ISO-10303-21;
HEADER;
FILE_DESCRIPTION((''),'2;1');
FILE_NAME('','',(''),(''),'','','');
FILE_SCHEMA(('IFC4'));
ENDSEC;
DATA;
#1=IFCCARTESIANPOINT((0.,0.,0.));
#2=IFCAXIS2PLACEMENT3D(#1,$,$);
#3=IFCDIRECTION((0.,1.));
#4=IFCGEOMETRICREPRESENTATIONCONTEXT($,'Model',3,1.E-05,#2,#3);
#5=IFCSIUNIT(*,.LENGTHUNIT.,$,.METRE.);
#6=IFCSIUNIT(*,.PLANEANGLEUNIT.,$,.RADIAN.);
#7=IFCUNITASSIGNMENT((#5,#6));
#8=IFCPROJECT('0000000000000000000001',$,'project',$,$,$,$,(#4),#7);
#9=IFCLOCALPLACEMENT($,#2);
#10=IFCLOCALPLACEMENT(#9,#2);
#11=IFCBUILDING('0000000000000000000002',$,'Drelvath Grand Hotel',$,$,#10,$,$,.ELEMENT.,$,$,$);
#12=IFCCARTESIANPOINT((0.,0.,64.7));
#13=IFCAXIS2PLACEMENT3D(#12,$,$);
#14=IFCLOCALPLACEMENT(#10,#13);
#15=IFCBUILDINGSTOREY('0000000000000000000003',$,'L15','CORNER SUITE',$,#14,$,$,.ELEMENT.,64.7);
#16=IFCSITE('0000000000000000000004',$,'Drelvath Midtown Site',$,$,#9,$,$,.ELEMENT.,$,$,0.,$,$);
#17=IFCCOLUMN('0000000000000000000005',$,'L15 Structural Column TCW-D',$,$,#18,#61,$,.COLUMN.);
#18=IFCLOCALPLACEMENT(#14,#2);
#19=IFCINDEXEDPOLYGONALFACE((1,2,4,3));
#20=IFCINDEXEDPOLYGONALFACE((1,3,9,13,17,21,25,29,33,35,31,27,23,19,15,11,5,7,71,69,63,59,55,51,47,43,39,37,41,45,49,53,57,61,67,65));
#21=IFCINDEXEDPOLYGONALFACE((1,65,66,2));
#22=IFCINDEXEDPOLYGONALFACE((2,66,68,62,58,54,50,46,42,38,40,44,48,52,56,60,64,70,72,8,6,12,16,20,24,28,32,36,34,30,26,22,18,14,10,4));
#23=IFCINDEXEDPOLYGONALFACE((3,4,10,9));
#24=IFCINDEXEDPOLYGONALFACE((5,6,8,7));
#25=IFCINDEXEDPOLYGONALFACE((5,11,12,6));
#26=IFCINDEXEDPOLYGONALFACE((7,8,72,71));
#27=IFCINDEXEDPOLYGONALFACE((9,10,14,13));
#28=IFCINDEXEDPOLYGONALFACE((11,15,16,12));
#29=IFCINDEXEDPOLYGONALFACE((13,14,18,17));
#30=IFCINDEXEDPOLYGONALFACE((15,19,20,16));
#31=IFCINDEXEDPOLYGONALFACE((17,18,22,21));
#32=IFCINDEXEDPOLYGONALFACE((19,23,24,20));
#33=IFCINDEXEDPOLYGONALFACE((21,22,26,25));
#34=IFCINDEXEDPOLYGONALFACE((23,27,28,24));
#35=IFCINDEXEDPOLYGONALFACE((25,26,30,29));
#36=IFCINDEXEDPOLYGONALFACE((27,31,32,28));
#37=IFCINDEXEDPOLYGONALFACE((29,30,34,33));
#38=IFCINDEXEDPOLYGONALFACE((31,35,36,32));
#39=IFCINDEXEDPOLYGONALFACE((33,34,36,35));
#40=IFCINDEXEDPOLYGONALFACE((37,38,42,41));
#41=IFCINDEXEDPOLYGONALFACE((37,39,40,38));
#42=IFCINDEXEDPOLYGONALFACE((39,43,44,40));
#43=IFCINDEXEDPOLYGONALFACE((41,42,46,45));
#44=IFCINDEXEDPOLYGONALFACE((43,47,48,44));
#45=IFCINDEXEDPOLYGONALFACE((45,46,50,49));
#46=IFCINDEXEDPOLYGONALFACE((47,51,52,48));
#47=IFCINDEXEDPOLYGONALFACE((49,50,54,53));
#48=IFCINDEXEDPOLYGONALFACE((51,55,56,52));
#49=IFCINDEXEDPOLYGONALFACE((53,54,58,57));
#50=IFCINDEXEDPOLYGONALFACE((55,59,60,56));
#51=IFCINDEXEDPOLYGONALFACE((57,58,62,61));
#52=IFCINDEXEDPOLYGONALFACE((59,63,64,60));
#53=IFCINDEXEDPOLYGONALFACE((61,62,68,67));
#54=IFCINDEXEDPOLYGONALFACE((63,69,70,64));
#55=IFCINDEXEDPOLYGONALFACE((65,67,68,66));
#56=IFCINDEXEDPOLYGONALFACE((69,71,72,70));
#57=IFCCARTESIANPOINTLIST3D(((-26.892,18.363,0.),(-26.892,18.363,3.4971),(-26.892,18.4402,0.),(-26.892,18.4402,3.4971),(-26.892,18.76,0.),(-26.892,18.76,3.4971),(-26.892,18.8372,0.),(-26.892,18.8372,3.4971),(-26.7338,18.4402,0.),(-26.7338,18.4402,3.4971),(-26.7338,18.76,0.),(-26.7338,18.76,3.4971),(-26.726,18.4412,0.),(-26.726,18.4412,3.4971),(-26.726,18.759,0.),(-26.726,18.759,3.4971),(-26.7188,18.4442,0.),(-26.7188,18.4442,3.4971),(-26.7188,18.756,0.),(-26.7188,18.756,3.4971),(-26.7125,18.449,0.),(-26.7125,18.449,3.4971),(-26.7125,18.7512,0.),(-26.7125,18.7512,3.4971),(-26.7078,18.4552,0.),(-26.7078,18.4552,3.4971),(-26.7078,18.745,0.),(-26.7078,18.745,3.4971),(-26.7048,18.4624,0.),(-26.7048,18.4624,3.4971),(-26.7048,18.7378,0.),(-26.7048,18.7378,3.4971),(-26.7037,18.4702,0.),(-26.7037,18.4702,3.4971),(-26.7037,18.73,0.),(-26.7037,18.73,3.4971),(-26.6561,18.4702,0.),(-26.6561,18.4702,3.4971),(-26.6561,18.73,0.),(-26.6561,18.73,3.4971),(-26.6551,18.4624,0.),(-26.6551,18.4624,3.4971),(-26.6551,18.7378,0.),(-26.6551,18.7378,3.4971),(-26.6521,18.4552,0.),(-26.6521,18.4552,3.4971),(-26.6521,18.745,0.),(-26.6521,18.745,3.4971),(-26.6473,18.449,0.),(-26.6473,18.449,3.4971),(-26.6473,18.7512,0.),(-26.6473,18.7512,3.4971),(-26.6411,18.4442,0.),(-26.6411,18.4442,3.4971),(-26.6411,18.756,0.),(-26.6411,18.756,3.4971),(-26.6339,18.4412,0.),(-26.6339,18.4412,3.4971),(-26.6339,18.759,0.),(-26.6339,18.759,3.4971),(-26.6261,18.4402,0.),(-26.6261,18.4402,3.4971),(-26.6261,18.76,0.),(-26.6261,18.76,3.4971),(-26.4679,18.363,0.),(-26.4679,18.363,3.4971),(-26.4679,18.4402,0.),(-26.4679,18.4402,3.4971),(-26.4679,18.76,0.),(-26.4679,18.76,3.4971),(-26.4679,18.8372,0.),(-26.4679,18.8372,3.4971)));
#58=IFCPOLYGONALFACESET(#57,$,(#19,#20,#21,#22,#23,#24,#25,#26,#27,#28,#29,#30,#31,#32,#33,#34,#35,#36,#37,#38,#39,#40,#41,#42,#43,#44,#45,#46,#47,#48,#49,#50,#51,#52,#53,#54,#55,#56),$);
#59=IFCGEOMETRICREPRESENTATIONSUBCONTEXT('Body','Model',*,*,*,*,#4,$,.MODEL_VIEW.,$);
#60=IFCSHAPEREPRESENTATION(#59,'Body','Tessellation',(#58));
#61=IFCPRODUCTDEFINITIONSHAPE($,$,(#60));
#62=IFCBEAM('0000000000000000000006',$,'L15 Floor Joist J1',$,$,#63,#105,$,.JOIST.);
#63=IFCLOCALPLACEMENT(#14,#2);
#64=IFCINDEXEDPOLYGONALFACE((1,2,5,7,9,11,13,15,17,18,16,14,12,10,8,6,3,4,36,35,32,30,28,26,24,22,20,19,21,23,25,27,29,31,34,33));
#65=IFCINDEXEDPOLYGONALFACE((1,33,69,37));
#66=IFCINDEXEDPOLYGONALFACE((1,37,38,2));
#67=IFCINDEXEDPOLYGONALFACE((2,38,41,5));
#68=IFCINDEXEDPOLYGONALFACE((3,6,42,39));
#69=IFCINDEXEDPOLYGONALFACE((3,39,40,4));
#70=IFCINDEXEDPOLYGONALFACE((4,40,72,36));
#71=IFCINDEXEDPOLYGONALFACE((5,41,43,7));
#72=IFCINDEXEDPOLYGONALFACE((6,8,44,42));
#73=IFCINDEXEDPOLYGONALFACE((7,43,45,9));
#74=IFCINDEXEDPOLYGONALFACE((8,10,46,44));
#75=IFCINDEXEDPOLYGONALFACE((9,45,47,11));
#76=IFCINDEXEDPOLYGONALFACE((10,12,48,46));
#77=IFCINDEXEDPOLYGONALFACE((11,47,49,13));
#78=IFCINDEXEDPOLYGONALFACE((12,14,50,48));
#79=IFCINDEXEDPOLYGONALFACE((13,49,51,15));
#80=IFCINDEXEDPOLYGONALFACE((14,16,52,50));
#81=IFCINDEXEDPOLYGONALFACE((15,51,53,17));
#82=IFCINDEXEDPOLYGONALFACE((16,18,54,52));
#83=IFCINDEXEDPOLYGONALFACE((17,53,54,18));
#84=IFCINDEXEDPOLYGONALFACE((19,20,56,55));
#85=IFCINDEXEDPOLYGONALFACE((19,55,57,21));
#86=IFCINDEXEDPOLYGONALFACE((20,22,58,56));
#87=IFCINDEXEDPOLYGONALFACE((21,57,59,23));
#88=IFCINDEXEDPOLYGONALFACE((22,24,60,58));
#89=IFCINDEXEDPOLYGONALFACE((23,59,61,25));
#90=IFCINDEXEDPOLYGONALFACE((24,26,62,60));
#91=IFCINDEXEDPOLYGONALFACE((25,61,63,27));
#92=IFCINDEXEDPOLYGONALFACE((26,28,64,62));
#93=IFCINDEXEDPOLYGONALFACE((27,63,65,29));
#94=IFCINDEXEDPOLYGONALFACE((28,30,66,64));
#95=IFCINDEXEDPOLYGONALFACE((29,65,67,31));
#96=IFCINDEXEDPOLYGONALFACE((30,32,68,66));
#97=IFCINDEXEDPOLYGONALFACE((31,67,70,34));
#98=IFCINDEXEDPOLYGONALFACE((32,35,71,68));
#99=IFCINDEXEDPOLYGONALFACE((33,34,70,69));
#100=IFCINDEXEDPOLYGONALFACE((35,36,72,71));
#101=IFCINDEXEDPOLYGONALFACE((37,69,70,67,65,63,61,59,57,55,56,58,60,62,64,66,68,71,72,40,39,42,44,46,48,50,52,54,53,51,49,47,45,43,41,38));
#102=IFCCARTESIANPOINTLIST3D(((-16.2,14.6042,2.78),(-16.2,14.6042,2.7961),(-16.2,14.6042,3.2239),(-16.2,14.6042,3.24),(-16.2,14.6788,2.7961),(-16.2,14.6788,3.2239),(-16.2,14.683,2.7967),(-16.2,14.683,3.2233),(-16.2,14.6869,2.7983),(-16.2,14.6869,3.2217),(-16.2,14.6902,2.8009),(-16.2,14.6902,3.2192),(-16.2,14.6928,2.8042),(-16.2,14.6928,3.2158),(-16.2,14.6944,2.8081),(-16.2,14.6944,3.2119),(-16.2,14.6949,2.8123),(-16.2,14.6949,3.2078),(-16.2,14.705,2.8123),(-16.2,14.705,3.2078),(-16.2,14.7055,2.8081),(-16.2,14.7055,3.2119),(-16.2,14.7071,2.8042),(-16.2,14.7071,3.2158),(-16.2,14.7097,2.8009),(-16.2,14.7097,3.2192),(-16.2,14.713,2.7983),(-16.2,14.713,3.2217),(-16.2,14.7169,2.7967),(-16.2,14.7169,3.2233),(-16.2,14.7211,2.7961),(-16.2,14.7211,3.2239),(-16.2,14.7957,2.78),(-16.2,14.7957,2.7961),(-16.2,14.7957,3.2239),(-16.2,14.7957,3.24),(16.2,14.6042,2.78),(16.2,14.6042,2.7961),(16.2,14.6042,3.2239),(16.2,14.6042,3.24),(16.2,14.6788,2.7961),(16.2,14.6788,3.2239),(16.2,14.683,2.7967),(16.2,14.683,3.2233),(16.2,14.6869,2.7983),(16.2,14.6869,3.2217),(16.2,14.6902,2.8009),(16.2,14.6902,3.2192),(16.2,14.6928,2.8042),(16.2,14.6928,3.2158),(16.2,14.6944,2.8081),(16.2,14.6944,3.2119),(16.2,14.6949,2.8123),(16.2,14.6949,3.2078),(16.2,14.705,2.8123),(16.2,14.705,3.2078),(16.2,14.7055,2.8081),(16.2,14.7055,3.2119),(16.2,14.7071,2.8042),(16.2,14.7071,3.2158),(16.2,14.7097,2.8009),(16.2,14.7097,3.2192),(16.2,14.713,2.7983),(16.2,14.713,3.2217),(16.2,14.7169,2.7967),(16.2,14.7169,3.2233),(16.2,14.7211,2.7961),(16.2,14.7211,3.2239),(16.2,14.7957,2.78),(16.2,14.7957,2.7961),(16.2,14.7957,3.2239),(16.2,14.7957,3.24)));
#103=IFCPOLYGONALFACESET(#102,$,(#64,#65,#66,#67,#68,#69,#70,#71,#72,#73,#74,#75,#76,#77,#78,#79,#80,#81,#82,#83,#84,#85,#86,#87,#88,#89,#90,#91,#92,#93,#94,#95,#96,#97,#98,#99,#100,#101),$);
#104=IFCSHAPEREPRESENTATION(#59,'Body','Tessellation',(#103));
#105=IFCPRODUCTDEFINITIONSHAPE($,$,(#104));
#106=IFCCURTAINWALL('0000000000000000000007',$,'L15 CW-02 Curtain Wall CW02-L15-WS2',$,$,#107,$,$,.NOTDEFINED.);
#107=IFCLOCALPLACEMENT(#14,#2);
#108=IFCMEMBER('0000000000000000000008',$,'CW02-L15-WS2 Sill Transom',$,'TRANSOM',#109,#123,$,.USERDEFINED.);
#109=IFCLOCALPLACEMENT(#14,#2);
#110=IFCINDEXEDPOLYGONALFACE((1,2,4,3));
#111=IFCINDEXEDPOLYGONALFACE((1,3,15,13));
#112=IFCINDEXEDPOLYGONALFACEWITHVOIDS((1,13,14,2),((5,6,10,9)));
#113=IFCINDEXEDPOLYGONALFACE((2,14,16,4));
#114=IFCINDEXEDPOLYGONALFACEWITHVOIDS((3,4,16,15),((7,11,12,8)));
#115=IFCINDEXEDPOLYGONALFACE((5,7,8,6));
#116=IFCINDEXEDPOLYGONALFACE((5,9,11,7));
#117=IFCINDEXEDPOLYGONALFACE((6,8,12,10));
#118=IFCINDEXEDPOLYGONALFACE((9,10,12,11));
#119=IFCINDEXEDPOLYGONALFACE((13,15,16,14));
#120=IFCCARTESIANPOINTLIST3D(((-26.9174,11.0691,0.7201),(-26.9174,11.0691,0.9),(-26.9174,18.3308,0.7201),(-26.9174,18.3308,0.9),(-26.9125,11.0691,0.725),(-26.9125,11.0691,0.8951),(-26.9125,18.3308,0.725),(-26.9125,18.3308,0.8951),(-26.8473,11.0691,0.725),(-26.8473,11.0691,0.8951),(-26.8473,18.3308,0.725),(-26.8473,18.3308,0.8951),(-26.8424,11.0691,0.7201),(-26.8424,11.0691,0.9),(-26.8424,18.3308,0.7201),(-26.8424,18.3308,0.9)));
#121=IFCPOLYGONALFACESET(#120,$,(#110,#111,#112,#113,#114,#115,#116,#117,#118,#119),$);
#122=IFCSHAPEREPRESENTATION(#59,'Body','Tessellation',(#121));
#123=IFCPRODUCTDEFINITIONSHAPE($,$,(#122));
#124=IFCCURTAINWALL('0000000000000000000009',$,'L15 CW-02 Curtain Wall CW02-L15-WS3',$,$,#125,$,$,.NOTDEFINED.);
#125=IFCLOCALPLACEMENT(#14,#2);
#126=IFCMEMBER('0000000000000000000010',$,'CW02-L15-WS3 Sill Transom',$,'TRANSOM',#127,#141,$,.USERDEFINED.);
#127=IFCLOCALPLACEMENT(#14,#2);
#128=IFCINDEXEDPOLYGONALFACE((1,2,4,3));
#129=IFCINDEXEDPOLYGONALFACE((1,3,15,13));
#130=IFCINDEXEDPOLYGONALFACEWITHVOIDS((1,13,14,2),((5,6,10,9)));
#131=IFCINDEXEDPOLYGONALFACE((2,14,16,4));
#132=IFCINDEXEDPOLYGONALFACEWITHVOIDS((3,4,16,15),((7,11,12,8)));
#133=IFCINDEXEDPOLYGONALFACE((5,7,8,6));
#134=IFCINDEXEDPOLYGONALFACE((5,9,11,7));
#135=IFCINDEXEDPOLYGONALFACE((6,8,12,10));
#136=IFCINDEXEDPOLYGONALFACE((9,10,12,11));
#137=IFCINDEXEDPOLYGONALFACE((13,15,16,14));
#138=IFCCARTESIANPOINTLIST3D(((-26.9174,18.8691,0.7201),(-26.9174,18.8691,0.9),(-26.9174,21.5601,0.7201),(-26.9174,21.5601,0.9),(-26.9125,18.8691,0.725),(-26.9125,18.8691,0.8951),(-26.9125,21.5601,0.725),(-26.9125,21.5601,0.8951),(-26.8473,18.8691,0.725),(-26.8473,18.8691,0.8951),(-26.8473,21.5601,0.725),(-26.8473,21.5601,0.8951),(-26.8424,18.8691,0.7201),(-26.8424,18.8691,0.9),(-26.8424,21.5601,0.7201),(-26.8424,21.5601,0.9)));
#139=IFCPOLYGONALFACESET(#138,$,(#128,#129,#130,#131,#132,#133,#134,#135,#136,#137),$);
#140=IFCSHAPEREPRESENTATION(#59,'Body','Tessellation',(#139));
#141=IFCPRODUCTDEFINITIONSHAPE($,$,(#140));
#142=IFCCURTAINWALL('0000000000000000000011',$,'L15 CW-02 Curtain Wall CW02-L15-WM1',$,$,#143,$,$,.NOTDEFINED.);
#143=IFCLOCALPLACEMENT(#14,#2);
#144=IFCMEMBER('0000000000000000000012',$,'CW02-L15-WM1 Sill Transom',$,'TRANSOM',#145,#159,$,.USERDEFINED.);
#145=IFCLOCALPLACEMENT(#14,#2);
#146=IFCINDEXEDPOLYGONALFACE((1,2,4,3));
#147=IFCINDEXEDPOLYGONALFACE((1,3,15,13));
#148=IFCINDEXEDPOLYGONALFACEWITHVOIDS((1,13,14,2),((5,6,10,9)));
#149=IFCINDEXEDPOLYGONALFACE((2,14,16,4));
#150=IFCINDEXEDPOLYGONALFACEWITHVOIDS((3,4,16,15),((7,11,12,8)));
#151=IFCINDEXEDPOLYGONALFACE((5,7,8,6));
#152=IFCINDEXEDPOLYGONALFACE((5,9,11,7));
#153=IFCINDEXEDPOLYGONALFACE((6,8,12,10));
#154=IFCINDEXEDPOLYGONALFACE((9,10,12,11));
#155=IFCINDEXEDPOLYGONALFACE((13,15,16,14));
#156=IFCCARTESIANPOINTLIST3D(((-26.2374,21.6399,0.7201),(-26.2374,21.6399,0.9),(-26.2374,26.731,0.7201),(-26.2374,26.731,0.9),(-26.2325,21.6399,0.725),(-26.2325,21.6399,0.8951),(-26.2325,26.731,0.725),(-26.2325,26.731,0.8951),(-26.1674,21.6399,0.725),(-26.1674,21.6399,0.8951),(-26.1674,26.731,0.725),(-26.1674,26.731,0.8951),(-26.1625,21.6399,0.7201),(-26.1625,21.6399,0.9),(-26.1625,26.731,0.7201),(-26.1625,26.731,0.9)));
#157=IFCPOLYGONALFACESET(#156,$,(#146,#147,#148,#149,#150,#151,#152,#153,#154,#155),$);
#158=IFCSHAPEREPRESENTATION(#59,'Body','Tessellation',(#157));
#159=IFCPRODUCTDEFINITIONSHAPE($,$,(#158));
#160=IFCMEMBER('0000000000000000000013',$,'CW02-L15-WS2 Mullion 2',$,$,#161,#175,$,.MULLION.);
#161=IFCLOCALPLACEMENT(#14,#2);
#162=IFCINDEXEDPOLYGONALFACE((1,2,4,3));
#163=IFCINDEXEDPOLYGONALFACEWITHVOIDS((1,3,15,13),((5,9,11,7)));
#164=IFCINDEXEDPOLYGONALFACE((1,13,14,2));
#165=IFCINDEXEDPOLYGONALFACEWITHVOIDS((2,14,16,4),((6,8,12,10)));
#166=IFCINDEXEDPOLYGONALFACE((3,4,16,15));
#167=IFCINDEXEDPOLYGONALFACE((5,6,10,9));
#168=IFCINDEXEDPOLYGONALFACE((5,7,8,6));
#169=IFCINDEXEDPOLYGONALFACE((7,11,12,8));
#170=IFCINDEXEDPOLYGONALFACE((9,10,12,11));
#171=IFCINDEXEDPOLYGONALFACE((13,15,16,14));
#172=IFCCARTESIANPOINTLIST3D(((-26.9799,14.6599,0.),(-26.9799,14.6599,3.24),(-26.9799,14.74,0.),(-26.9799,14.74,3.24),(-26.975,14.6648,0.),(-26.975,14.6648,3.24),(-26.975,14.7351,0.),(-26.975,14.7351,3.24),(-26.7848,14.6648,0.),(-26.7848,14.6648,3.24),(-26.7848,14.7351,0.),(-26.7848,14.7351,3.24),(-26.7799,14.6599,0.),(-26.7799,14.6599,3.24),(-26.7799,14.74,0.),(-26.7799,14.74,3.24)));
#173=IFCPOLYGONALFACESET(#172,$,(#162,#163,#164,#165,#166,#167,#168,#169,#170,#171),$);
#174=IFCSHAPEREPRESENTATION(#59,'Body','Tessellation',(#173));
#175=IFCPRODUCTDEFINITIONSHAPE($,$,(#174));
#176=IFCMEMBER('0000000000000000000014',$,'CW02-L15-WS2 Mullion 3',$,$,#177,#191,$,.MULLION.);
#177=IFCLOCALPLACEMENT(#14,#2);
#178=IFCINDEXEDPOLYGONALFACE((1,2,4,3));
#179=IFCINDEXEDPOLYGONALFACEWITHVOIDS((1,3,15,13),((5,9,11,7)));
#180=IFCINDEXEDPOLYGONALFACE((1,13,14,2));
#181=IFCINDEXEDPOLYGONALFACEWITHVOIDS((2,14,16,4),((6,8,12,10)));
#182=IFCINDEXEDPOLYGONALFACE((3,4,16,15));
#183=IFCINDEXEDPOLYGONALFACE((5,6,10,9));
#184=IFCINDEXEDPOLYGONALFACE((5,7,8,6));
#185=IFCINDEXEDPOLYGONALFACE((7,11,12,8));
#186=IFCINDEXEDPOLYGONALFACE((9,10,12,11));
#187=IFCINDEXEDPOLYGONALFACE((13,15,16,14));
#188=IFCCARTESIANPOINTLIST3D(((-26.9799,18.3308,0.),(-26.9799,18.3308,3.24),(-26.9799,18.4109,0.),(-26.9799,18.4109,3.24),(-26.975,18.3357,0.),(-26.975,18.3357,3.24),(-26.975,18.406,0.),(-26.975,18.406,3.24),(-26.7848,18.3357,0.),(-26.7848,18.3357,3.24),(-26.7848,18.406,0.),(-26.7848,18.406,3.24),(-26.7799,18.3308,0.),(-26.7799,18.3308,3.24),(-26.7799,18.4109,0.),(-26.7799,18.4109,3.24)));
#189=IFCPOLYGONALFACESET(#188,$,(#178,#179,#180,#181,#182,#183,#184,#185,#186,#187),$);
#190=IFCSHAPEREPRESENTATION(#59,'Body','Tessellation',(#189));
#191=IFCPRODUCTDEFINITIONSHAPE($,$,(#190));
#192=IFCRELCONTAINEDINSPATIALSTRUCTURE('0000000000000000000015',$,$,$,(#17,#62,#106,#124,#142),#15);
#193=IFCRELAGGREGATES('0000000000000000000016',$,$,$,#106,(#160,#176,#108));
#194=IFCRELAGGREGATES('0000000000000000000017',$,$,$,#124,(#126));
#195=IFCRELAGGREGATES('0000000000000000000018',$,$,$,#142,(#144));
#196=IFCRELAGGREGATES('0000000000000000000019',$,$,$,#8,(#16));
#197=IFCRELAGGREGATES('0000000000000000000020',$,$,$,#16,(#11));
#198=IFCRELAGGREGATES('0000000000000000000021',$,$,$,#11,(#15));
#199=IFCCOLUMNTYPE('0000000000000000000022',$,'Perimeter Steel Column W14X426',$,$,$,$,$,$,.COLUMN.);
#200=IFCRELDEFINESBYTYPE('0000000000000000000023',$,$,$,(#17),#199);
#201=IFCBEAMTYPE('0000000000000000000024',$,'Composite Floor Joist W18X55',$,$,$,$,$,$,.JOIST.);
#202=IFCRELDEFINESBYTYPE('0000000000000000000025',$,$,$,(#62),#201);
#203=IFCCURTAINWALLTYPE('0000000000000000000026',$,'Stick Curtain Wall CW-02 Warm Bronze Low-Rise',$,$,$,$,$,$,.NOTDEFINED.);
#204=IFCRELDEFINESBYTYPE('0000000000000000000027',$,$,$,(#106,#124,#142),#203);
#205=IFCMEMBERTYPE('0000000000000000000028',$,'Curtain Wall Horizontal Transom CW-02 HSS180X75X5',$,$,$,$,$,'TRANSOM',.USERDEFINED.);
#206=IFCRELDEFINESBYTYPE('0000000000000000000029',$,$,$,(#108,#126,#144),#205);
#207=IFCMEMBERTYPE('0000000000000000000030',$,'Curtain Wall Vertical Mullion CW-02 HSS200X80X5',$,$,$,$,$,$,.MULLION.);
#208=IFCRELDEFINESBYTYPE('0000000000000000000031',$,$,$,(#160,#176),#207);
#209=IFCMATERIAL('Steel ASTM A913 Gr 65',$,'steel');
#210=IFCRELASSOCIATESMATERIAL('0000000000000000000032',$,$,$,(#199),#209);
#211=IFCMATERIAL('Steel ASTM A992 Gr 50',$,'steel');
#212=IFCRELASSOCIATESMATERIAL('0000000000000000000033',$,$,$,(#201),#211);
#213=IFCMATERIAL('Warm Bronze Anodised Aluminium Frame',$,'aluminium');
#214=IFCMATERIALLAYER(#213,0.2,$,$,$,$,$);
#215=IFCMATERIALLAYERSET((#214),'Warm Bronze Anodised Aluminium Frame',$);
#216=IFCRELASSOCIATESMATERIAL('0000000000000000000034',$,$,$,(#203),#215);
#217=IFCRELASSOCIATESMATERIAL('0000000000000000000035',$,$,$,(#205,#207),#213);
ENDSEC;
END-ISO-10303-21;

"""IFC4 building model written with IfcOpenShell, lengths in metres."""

from ifc_helpers import new_model, si_unit, direction, frame, origin, origin_2d, place, context, subcontext, project, spatial, hollow_rectangle, i_section, extrude, material, layer, layer_set, material_profile, profile_set, type_object, element, aggregate, save


model = new_model("IFC4")

# Units and contexts
model_context = context("Model", 3, precision=1e-05, world=origin(), true_north=direction((0.0, 1.0)))
body_context = subcontext(model_context, "Body", "Model", "MODEL_VIEW")
ifc_project = project(units=[si_unit("LENGTHUNIT", "METRE"), si_unit("PLANEANGLEUNIT", "RADIAN")], contexts=[model_context])

# Site, building, storey
site_placement = place(None, origin())
site = spatial("IfcSite", under=ifc_project, at=site_placement, Name="Drelvath Midtown Site", CompositionType="ELEMENT", RefElevation=0.0)
building_placement = place(site_placement, origin())
building = spatial("IfcBuilding", under=site, at=building_placement, Name="Drelvath Grand Hotel", CompositionType="ELEMENT")
storey_placement = place(building_placement, frame((0.0, 0.0, 64.7)))
storey = spatial("IfcBuildingStorey", under=building, at=storey_placement, Name="L15", Description="CORNER SUITE", CompositionType="ELEMENT", Elevation=64.7)

# Column
ifc_material_1 = material(Name="Steel ASTM A913 Gr 65", Category="steel")
ifc_material_profile_1 = material_profile(ifc_material_1, i_section(OverallWidth=0.4241, OverallDepth=0.4741, WebThickness=0.0476, FlangeThickness=0.0771, FilletRadius=0.03, at=origin_2d()), Name="W14X426")
ifc_profile_set_1 = profile_set([ifc_material_profile_1], Name="Steel ASTM A913 Gr 65")
column_type = type_object("IfcColumnType", Name="Perimeter Steel Column W14X426", PredefinedType="COLUMN", material=ifc_profile_set_1)
column_placement = place(storey_placement, frame((-26.6799, 18.6001, 0.0), z_axis=(0.0, 0.0, 1.0), x_axis=(1.0, 0.0, 0.0)))
element("IfcColumn", 1, at=column_placement, inside=storey, type_object=column_type, Name="L15 Structural Column TCW-D", PredefinedType="COLUMN", context=body_context, shape_type="SweptSolid", body=[
    extrude(i_section(OverallWidth=0.4241, OverallDepth=0.4741, WebThickness=0.0476, FlangeThickness=0.0771, FilletRadius=0.03, at=origin_2d()), origin(), (0.0, 0.0, 1.0), 3.4971),
])

# Beam
ifc_material_2 = material(Name="Steel ASTM A992 Gr 50", Category="steel")
ifc_material_profile_2 = material_profile(ifc_material_2, i_section(OverallWidth=0.1914, OverallDepth=0.46, WebThickness=0.01, FlangeThickness=0.0161, FilletRadius=0.0161, at=origin_2d()), Name="W18X55")
ifc_profile_set_2 = profile_set([ifc_material_profile_2], Name="Steel ASTM A992 Gr 50")
beam_type_1 = type_object("IfcBeamType", Name="Composite Floor Joist W18X55", PredefinedType="JOIST", material=ifc_profile_set_2)
beam_1_placement = place(storey_placement, frame((-16.2, 14.7, 3.01), z_axis=(1.0, 0.0, 0.0), x_axis=(0.0, 1.0, 0.0)))
element("IfcBeam", 2, at=beam_1_placement, inside=storey, type_object=beam_type_1, Name="L15 Floor Joist J1", PredefinedType="JOIST", context=body_context, shape_type="SweptSolid", body=[
    extrude(i_section(OverallWidth=0.1914, OverallDepth=0.46, WebThickness=0.01, FlangeThickness=0.0161, FilletRadius=0.0161, at=origin_2d()), origin(), (0.0, 0.0, 1.0), 32.3999),
])

# Curtain walls, members
ifc_material_3 = material(Name="Warm Bronze Anodised Aluminium Frame", Category="aluminium")
ifc_layer_1 = layer(ifc_material_3, 0.2)
ifc_layer_set_1 = layer_set([ifc_layer_1], Name="Warm Bronze Anodised Aluminium Frame")
curtain_wall_type = type_object("IfcCurtainWallType", Name="Stick Curtain Wall CW-02 Warm Bronze Low-Rise", PredefinedType="NOTDEFINED", material=ifc_layer_set_1)
curtain_wall_1_placement = place(storey_placement, origin())
curtain_wall_1 = element("IfcCurtainWall", 3, at=curtain_wall_1_placement, inside=storey, type_object=curtain_wall_type, Name="L15 CW-02 Curtain Wall CW02-L15-WS2", PredefinedType="NOTDEFINED")
ifc_material_profile_3 = material_profile(ifc_material_3, hollow_rectangle(XDim=0.075, YDim=0.1799, WallThickness=0.0049, at=origin_2d()), Name="HSS180X75X5")
ifc_profile_set_3 = profile_set([ifc_material_profile_3], Name="Warm Bronze Anodised Aluminium Frame")
member_type_1 = type_object("IfcMemberType", Name="Curtain Wall Horizontal Transom CW-02 HSS180X75X5", ElementType="TRANSOM", PredefinedType="USERDEFINED", material=ifc_profile_set_3)
member_1_placement = place(storey_placement, frame((-26.8799, 11.0691, 0.8101), z_axis=(0.0, 1.0, 0.0), x_axis=(-1.0, 0.0, 0.0)))
member_1 = element("IfcMember", 4, at=member_1_placement, type_object=member_type_1, Name="CW02-L15-WS2 Sill Transom", ObjectType="TRANSOM", PredefinedType="USERDEFINED", context=body_context, shape_type="SweptSolid", body=[
    extrude(hollow_rectangle(XDim=0.075, YDim=0.1799, WallThickness=0.0049, at=origin_2d()), origin(), (0.0, 0.0, 1.0), 7.2617),
])
curtain_wall_2_placement = place(storey_placement, origin())
curtain_wall_2 = element("IfcCurtainWall", 5, at=curtain_wall_2_placement, inside=storey, type_object=curtain_wall_type, Name="L15 CW-02 Curtain Wall CW02-L15-WS3", PredefinedType="NOTDEFINED")
member_2_placement = place(storey_placement, frame((-26.8799, 18.8691, 0.8101), z_axis=(0.0, 1.0, 0.0), x_axis=(-1.0, 0.0, 0.0)))
member_2 = element("IfcMember", 6, at=member_2_placement, type_object=member_type_1, Name="CW02-L15-WS3 Sill Transom", ObjectType="TRANSOM", PredefinedType="USERDEFINED", context=body_context, shape_type="SweptSolid", body=[
    extrude(hollow_rectangle(XDim=0.075, YDim=0.1799, WallThickness=0.0049, at=origin_2d()), origin(), (0.0, 0.0, 1.0), 2.6909),
])
curtain_wall_3_placement = place(storey_placement, origin())
curtain_wall_3 = element("IfcCurtainWall", 7, at=curtain_wall_3_placement, inside=storey, type_object=curtain_wall_type, Name="L15 CW-02 Curtain Wall CW02-L15-WM1", PredefinedType="NOTDEFINED")
member_3_placement = place(storey_placement, frame((-26.2, 21.6399, 0.8101), z_axis=(0.0, 1.0, 0.0), x_axis=(-1.0, 0.0, 0.0)))
member_3 = element("IfcMember", 8, at=member_3_placement, type_object=member_type_1, Name="CW02-L15-WM1 Sill Transom", ObjectType="TRANSOM", PredefinedType="USERDEFINED", context=body_context, shape_type="SweptSolid", body=[
    extrude(hollow_rectangle(XDim=0.075, YDim=0.1799, WallThickness=0.0049, at=origin_2d()), origin(), (0.0, 0.0, 1.0), 5.0911),
])

# Members
ifc_material_profile_4 = material_profile(ifc_material_3, hollow_rectangle(XDim=0.0801, YDim=0.2, WallThickness=0.0049, at=origin_2d()), Name="HSS200X80X5")
ifc_profile_set_4 = profile_set([ifc_material_profile_4], Name="Warm Bronze Anodised Aluminium Frame")
member_type_2 = type_object("IfcMemberType", Name="Curtain Wall Vertical Mullion CW-02 HSS200X80X5", PredefinedType="MULLION", material=ifc_profile_set_4)
member_4_placement = place(storey_placement, frame((-26.8799, 14.7, 0.0), z_axis=(0.0, 0.0, 1.0), x_axis=(0.0, 1.0, 0.0)))
member_4 = element("IfcMember", 9, at=member_4_placement, type_object=member_type_2, Name="CW02-L15-WS2 Mullion 2", PredefinedType="MULLION", context=body_context, shape_type="SweptSolid", body=[
    extrude(hollow_rectangle(XDim=0.0801, YDim=0.2, WallThickness=0.0049, at=origin_2d()), origin(), (0.0, 0.0, 1.0), 3.24),
])
member_5_placement = place(storey_placement, frame((-26.8799, 18.3708, 0.0), z_axis=(0.0, 0.0, 1.0), x_axis=(0.0, 1.0, 0.0)))
member_5 = element("IfcMember", 10, at=member_5_placement, type_object=member_type_2, Name="CW02-L15-WS2 Mullion 3", PredefinedType="MULLION", context=body_context, shape_type="SweptSolid", body=[
    extrude(hollow_rectangle(XDim=0.0801, YDim=0.2, WallThickness=0.0049, at=origin_2d()), origin(), (0.0, 0.0, 1.0), 3.24),
])

aggregate(curtain_wall_1, [member_4, member_5, member_1])
aggregate(curtain_wall_2, [member_2])
aggregate(curtain_wall_3, [member_3])

save(model, "model.ifc")
